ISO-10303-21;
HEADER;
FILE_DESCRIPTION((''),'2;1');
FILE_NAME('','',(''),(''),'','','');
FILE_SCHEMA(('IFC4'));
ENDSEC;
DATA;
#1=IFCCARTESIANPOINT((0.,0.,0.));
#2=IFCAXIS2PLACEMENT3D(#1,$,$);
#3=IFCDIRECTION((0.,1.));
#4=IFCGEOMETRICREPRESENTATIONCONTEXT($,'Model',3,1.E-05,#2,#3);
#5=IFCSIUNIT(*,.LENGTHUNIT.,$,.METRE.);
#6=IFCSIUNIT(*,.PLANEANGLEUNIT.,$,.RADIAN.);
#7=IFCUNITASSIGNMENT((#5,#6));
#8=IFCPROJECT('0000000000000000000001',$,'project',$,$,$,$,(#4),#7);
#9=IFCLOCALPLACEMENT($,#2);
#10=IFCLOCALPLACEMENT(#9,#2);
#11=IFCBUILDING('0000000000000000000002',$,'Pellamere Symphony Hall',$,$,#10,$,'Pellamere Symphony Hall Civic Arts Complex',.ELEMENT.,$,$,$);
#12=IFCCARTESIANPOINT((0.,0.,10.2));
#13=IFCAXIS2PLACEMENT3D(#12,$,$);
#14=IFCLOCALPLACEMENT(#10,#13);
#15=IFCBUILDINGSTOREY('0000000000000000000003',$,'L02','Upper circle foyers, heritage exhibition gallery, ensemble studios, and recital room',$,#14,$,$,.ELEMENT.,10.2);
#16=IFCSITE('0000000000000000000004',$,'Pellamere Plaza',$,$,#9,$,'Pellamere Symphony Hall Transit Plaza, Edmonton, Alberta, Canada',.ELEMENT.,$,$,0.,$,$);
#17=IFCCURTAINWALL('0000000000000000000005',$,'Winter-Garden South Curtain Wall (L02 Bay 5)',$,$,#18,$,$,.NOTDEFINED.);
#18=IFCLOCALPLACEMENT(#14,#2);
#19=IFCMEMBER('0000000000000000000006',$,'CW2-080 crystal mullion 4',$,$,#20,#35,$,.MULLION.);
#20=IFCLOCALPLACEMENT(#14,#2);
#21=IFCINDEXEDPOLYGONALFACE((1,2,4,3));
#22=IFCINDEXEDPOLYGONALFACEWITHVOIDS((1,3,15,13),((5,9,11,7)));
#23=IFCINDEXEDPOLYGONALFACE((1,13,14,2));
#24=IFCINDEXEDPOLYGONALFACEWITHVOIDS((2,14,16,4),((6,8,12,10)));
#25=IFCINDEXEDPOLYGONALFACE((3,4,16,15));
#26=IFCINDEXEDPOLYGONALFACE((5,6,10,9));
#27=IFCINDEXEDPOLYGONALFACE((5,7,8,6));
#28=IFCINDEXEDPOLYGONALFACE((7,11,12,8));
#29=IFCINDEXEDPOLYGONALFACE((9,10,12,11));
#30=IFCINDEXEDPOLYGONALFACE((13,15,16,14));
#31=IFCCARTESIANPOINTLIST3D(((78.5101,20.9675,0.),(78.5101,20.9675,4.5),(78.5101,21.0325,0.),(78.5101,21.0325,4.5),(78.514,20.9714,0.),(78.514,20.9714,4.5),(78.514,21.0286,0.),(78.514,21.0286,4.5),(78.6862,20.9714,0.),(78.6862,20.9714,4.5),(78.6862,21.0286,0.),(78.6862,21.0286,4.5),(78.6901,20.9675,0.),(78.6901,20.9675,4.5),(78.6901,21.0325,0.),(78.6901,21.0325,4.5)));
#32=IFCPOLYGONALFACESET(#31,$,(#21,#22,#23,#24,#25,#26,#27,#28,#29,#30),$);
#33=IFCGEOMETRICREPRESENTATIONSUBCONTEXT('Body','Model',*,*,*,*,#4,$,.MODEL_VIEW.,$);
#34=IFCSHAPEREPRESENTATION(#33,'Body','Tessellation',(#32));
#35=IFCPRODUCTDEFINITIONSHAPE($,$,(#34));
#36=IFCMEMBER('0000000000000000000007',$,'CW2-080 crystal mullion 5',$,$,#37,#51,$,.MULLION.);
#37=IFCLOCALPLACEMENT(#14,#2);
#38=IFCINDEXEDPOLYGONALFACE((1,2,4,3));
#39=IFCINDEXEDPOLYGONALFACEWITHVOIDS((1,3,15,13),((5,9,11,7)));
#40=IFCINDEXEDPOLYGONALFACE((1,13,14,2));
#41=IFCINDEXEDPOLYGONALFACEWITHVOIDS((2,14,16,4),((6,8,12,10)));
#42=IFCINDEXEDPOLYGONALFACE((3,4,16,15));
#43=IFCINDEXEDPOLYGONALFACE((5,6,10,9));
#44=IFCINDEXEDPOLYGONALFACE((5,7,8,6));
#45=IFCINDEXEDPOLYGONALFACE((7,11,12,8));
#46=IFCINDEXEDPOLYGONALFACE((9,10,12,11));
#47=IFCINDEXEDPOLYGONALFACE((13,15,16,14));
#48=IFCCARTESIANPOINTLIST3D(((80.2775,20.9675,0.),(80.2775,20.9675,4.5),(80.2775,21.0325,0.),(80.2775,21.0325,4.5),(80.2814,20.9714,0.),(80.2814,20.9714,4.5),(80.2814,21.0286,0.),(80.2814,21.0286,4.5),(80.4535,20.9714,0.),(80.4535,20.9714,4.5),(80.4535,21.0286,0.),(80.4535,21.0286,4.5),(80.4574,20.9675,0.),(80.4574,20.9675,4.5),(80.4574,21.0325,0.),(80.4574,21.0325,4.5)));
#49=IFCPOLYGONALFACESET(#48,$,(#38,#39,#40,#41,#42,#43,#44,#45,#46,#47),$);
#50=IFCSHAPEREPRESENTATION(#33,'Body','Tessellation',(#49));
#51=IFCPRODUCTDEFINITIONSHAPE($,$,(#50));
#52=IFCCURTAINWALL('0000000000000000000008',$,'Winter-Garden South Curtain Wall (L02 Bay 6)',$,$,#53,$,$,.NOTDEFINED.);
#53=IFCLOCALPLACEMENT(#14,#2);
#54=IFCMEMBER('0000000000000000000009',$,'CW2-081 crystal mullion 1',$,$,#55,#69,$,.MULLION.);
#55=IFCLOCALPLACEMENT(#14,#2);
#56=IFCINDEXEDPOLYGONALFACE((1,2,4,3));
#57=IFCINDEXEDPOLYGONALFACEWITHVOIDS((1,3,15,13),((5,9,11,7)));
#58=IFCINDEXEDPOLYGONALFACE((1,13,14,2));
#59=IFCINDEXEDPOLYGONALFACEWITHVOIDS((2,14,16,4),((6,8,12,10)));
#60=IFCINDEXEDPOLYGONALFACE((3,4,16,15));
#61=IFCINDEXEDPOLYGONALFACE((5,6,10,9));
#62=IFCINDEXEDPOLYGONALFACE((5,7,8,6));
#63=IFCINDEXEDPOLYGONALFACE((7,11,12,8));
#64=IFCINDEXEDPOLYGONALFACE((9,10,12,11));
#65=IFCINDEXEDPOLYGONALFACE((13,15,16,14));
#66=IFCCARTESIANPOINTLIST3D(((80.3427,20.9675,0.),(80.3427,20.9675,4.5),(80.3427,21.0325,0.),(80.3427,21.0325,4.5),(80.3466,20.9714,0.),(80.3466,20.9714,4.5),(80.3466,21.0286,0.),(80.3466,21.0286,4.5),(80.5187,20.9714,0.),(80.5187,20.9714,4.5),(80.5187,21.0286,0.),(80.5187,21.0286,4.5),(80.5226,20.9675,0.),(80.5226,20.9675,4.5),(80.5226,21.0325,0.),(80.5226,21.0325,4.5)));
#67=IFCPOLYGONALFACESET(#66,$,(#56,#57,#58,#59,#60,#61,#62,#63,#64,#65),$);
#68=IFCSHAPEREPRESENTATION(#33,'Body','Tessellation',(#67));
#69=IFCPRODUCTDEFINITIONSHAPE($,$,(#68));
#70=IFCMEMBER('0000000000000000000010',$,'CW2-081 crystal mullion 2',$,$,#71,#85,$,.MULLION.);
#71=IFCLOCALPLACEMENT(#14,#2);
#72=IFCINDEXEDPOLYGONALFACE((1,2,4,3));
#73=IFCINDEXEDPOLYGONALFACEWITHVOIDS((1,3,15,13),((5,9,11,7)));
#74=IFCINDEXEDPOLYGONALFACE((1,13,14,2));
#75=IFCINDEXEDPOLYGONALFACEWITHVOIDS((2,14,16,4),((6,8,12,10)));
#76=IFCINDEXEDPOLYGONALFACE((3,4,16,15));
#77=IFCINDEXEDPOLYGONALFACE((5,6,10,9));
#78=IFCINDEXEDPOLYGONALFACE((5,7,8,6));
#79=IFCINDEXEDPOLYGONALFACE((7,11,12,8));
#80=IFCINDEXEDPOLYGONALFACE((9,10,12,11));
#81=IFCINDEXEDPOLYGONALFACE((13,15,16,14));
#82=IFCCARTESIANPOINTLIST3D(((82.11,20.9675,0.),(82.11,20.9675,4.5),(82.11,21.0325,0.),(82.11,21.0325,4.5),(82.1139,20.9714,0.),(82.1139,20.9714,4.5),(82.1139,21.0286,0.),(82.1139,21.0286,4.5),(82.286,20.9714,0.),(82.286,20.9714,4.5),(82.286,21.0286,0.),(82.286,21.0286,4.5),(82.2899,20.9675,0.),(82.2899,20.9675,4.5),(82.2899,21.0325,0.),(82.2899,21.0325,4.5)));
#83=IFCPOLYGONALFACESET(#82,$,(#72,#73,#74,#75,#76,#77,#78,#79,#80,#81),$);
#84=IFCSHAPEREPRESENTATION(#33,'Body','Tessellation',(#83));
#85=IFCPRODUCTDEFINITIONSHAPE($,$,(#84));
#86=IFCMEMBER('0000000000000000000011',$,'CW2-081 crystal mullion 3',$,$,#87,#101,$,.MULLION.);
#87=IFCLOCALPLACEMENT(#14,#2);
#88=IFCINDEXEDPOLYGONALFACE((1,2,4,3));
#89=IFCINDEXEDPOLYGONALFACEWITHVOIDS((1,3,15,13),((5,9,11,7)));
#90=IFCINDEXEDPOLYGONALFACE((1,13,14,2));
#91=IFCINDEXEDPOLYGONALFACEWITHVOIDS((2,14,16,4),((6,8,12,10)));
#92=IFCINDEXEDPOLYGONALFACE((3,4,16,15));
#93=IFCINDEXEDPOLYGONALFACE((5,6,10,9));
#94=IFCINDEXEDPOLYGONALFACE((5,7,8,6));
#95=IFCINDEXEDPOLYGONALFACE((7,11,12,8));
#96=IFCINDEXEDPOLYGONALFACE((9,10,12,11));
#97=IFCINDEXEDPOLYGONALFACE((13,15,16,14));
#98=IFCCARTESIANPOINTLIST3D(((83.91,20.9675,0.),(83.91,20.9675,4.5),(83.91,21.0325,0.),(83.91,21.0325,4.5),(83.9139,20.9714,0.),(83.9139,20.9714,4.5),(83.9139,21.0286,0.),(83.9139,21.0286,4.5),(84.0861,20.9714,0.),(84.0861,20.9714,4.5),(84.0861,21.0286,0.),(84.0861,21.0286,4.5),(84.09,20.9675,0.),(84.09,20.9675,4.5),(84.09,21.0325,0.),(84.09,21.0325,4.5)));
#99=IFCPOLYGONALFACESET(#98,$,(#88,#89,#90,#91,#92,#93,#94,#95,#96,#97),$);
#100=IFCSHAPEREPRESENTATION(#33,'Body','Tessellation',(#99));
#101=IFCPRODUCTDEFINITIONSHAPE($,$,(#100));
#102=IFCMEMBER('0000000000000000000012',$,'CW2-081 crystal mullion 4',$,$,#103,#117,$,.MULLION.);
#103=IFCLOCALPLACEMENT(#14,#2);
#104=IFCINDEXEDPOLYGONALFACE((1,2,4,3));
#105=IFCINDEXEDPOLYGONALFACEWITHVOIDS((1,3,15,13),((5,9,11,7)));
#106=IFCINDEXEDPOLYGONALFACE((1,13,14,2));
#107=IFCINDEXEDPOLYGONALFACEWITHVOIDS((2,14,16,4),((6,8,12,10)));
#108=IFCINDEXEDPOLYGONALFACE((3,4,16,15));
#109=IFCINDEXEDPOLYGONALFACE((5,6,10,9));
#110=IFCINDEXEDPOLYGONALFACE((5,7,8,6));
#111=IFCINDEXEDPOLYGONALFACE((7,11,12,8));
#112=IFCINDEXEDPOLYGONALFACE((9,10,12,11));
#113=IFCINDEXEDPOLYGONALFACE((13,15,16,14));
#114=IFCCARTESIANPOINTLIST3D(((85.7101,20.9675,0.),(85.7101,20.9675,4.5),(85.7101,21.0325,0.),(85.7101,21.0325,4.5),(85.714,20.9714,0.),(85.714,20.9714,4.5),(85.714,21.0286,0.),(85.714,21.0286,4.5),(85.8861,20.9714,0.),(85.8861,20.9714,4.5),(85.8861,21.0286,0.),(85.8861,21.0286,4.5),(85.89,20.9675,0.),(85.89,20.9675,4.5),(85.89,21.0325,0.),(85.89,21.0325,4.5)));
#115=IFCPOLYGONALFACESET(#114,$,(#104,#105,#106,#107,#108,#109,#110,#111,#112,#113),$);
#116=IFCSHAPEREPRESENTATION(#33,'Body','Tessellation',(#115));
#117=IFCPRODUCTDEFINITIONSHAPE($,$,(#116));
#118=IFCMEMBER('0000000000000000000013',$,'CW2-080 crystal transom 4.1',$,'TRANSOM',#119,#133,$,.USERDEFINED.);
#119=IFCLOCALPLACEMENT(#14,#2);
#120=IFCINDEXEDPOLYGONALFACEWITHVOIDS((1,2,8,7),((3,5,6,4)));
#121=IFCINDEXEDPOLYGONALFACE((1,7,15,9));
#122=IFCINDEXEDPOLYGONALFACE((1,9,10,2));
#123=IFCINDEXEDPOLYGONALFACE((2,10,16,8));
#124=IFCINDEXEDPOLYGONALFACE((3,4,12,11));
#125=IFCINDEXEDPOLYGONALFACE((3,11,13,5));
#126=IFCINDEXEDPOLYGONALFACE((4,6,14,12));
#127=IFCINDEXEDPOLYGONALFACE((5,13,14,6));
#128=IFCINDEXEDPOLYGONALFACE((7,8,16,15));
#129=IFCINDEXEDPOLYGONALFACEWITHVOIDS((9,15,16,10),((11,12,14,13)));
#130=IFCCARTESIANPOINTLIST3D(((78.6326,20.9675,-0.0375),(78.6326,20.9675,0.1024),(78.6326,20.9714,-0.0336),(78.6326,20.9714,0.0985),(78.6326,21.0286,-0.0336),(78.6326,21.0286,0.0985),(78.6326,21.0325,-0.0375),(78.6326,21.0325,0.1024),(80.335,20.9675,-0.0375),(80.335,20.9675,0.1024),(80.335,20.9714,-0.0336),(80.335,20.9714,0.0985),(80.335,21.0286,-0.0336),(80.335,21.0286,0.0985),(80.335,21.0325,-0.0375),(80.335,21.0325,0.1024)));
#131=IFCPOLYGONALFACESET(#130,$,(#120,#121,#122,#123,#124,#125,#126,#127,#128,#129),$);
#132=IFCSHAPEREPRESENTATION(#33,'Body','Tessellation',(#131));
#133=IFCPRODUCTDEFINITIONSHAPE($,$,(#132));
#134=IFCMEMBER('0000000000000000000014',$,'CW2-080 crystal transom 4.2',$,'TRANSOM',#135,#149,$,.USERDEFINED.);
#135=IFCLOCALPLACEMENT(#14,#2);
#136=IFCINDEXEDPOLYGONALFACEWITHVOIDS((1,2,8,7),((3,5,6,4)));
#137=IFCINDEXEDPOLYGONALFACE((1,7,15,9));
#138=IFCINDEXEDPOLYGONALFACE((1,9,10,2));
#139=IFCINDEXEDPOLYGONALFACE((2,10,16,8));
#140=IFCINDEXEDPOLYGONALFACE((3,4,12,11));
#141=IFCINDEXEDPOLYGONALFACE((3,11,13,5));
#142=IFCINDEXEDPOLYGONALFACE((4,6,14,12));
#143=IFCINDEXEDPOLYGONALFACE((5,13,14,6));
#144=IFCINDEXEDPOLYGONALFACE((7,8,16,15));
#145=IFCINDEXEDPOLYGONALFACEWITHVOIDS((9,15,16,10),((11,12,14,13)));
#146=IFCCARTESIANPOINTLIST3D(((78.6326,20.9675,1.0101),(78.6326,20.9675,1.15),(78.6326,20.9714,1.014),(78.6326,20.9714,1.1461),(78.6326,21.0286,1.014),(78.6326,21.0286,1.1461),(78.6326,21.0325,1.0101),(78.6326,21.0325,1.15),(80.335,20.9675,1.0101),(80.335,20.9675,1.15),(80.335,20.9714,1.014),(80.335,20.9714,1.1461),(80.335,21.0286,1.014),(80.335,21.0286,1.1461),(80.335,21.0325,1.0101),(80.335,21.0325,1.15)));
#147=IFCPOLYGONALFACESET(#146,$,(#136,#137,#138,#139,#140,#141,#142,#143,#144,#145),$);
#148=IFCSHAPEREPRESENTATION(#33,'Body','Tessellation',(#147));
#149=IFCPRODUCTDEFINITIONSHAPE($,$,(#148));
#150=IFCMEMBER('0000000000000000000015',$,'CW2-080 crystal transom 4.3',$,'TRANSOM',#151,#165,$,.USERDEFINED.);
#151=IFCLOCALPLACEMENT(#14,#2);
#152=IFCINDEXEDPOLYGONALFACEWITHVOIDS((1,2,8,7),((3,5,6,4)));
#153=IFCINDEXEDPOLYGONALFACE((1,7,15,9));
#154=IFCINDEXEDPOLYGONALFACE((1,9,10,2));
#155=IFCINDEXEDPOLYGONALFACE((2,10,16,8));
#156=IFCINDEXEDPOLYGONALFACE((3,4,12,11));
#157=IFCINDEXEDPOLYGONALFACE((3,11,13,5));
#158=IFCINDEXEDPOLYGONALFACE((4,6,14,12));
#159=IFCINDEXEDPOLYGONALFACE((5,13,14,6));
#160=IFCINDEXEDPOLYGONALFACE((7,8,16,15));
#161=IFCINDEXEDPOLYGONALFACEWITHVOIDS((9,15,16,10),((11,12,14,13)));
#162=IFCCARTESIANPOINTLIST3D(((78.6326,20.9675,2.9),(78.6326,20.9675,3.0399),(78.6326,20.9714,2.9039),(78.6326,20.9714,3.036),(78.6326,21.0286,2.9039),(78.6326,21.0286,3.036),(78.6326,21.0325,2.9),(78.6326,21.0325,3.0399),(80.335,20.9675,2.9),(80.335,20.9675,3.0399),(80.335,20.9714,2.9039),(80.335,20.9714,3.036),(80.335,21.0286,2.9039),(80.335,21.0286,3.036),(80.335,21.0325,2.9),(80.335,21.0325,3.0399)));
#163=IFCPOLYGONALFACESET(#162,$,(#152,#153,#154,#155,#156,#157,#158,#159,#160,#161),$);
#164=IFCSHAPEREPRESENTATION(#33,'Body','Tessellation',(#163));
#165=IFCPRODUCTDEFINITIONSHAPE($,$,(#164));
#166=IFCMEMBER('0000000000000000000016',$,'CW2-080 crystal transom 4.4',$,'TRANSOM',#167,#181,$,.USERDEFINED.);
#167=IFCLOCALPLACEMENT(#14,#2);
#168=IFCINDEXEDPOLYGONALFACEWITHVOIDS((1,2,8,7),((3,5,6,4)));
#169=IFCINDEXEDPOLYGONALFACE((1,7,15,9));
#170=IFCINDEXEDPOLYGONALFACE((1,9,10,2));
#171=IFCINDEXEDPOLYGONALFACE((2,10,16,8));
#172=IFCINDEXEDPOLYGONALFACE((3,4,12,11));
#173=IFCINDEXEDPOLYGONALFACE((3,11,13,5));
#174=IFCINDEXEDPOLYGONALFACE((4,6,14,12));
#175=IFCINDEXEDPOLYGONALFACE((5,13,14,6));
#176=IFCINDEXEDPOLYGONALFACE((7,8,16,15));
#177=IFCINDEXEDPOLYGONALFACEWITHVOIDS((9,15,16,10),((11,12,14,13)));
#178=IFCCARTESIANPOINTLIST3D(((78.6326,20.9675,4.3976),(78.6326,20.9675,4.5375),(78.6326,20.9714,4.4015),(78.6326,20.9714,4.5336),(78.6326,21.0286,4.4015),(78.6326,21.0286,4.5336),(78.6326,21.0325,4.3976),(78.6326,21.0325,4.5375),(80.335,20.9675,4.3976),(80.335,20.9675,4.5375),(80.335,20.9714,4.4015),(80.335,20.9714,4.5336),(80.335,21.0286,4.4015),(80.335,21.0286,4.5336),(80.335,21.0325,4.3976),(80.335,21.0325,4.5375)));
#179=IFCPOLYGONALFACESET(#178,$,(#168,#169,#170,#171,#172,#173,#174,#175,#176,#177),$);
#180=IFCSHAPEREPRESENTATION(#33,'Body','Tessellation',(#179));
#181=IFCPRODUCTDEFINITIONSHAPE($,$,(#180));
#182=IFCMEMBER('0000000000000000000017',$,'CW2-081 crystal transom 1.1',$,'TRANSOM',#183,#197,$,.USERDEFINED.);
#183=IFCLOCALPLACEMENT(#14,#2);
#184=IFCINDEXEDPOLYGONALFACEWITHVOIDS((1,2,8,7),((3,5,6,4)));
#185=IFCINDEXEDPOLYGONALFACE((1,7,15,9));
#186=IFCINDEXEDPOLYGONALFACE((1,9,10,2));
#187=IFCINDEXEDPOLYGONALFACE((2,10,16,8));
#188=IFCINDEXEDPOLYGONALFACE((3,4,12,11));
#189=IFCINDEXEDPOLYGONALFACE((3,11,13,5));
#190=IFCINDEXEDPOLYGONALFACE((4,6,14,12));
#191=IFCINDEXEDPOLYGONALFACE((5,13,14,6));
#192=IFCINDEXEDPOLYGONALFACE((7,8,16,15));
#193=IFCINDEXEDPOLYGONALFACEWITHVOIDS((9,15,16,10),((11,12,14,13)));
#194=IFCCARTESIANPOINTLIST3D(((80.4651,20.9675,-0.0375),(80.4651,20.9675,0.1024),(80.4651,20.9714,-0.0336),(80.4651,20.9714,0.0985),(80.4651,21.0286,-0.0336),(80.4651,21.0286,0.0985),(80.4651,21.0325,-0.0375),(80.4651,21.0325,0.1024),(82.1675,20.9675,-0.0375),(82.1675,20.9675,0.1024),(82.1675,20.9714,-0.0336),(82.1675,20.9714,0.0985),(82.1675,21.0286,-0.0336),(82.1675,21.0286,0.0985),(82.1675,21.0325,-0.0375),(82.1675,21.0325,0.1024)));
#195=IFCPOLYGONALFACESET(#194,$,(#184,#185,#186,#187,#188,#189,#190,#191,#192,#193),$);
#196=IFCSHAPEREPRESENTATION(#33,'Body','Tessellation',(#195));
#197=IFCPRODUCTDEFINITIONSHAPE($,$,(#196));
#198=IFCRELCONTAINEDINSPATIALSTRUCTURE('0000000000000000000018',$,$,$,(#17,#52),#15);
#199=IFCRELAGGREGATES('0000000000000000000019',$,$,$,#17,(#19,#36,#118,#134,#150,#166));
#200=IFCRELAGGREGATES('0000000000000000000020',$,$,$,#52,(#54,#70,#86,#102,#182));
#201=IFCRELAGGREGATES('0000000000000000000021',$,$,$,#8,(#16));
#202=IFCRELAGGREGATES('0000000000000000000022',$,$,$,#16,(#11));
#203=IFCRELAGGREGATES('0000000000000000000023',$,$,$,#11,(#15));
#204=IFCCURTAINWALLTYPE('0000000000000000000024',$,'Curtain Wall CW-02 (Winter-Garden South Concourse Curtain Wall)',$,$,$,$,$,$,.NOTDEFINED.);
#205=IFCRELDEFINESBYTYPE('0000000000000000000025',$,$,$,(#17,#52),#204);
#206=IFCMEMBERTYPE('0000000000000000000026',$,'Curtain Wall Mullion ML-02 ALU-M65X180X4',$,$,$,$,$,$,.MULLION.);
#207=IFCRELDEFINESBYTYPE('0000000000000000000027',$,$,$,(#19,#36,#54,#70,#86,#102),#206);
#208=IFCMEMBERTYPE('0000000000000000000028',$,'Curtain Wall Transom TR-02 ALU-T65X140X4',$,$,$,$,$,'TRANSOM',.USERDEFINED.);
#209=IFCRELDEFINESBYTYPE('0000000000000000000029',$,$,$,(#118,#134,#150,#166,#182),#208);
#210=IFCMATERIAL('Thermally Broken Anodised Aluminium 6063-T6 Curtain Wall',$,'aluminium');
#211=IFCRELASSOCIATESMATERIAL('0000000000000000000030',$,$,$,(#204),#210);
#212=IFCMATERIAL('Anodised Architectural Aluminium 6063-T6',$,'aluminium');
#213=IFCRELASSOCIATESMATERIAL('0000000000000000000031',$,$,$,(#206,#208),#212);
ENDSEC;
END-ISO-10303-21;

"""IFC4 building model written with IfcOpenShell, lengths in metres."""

from ifc_helpers import new_model, si_unit, direction, frame, origin, origin_2d, place, context, subcontext, project, spatial, hollow_rectangle, extrude, material, material_profile, profile_set, type_object, element, aggregate, save


model = new_model("IFC4")

# Units and contexts
model_context = context("Model", 3, precision=1e-05, world=origin(), true_north=direction((0.0, 1.0)))
body_context = subcontext(model_context, "Body", "Model", "MODEL_VIEW")
ifc_project = project(units=[si_unit("LENGTHUNIT", "METRE"), si_unit("PLANEANGLEUNIT", "RADIAN")], contexts=[model_context])

# Site, building, storey
site_placement = place(None, origin())
site = spatial("IfcSite", under=ifc_project, at=site_placement, Name="Pellamere Plaza", LongName="Pellamere Symphony Hall Transit Plaza, Edmonton, Alberta, Canada", CompositionType="ELEMENT", RefElevation=0.0)
building_placement = place(site_placement, origin())
building = spatial("IfcBuilding", under=site, at=building_placement, Name="Pellamere Symphony Hall", LongName="Pellamere Symphony Hall Civic Arts Complex", CompositionType="ELEMENT")
storey_placement = place(building_placement, frame((0.0, 0.0, 10.2)))
storey = spatial("IfcBuildingStorey", under=building, at=storey_placement, Name="L02", Description="Upper circle foyers, heritage exhibition gallery, ensemble studios, and recital room", CompositionType="ELEMENT", Elevation=10.2)

# Curtain walls, members
ifc_material_1 = material(Name="Thermally Broken Anodised Aluminium 6063-T6 Curtain Wall", Category="aluminium")
curtain_wall_type = type_object("IfcCurtainWallType", Name="Curtain Wall CW-02 (Winter-Garden South Concourse Curtain Wall)", PredefinedType="NOTDEFINED", material=ifc_material_1)
curtain_wall_1_placement = place(storey_placement, origin())
curtain_wall_1 = element("IfcCurtainWall", 1, at=curtain_wall_1_placement, inside=storey, type_object=curtain_wall_type, Name="Winter-Garden South Curtain Wall (L02 Bay 5)", PredefinedType="NOTDEFINED")
ifc_material_2 = material(Name="Anodised Architectural Aluminium 6063-T6", Category="aluminium")
ifc_material_profile_1 = material_profile(ifc_material_2, hollow_rectangle(XDim=0.0649, YDim=0.1799, WallThickness=0.0039, at=origin_2d()), Name="ALU-M65X180X4")
ifc_profile_set_1 = profile_set([ifc_material_profile_1], Name="Anodised Architectural Aluminium 6063-T6")
member_type_1 = type_object("IfcMemberType", Name="Curtain Wall Mullion ML-02 ALU-M65X180X4", PredefinedType="MULLION", material=ifc_profile_set_1)
member_1_placement = place(storey_placement, frame((78.6001, 21.0, 0.0), z_axis=(0.0, 0.0, 1.0), x_axis=(0.0, 1.0, 0.0)))
member_1 = element("IfcMember", 2, at=member_1_placement, type_object=member_type_1, Name="CW2-080 crystal mullion 4", PredefinedType="MULLION", context=body_context, shape_type="SweptSolid", body=[
    extrude(hollow_rectangle(XDim=0.0649, YDim=0.1799, WallThickness=0.0039, at=origin_2d()), origin(), (0.0, 0.0, 1.0), 4.5),
])
member_2_placement = place(storey_placement, frame((80.3674, 21.0, 0.0), z_axis=(0.0, 0.0, 1.0), x_axis=(0.0, 1.0, 0.0)))
member_2 = element("IfcMember", 3, at=member_2_placement, type_object=member_type_1, Name="CW2-080 crystal mullion 5", PredefinedType="MULLION", context=body_context, shape_type="SweptSolid", body=[
    extrude(hollow_rectangle(XDim=0.0649, YDim=0.1799, WallThickness=0.0039, at=origin_2d()), origin(), (0.0, 0.0, 1.0), 4.5),
])
curtain_wall_2_placement = place(storey_placement, origin())
curtain_wall_2 = element("IfcCurtainWall", 4, at=curtain_wall_2_placement, inside=storey, type_object=curtain_wall_type, Name="Winter-Garden South Curtain Wall (L02 Bay 6)", PredefinedType="NOTDEFINED")
member_3_placement = place(storey_placement, frame((80.4326, 21.0, 0.0), z_axis=(0.0, 0.0, 1.0), x_axis=(0.0, 1.0, 0.0)))
member_3 = element("IfcMember", 5, at=member_3_placement, type_object=member_type_1, Name="CW2-081 crystal mullion 1", PredefinedType="MULLION", context=body_context, shape_type="SweptSolid", body=[
    extrude(hollow_rectangle(XDim=0.0649, YDim=0.1799, WallThickness=0.0039, at=origin_2d()), origin(), (0.0, 0.0, 1.0), 4.5),
])
member_4_placement = place(storey_placement, frame((82.2, 21.0, 0.0), z_axis=(0.0, 0.0, 1.0), x_axis=(0.0, 1.0, 0.0)))
member_4 = element("IfcMember", 6, at=member_4_placement, type_object=member_type_1, Name="CW2-081 crystal mullion 2", PredefinedType="MULLION", context=body_context, shape_type="SweptSolid", body=[
    extrude(hollow_rectangle(XDim=0.0649, YDim=0.1799, WallThickness=0.0039, at=origin_2d()), origin(), (0.0, 0.0, 1.0), 4.5),
])
member_5_placement = place(storey_placement, frame((84.0, 21.0, 0.0), z_axis=(0.0, 0.0, 1.0), x_axis=(0.0, 1.0, 0.0)))
member_5 = element("IfcMember", 7, at=member_5_placement, type_object=member_type_1, Name="CW2-081 crystal mullion 3", PredefinedType="MULLION", context=body_context, shape_type="SweptSolid", body=[
    extrude(hollow_rectangle(XDim=0.0649, YDim=0.1799, WallThickness=0.0039, at=origin_2d()), origin(), (0.0, 0.0, 1.0), 4.5),
])
member_6_placement = place(storey_placement, frame((85.8, 21.0, 0.0), z_axis=(0.0, 0.0, 1.0), x_axis=(0.0, 1.0, 0.0)))
member_6 = element("IfcMember", 8, at=member_6_placement, type_object=member_type_1, Name="CW2-081 crystal mullion 4", PredefinedType="MULLION", context=body_context, shape_type="SweptSolid", body=[
    extrude(hollow_rectangle(XDim=0.0649, YDim=0.1799, WallThickness=0.0039, at=origin_2d()), origin(), (0.0, 0.0, 1.0), 4.5),
])

# Members
ifc_material_profile_2 = material_profile(ifc_material_2, hollow_rectangle(XDim=0.0649, YDim=0.1399, WallThickness=0.0039, at=origin_2d()), Name="ALU-T65X140X4")
ifc_profile_set_2 = profile_set([ifc_material_profile_2], Name="Anodised Architectural Aluminium 6063-T6")
member_type_2 = type_object("IfcMemberType", Name="Curtain Wall Transom TR-02 ALU-T65X140X4", ElementType="TRANSOM", PredefinedType="USERDEFINED", material=ifc_profile_set_2)
member_7_placement = place(storey_placement, frame((78.6326, 21.0, 0.0325), z_axis=(1.0, 0.0, 0.0), x_axis=(0.0, 1.0, 0.0)))
member_7 = element("IfcMember", 9, at=member_7_placement, type_object=member_type_2, Name="CW2-080 crystal transom 4.1", ObjectType="TRANSOM", PredefinedType="USERDEFINED", context=body_context, shape_type="SweptSolid", body=[
    extrude(hollow_rectangle(XDim=0.0649, YDim=0.1399, WallThickness=0.0039, at=origin_2d()), origin(), (0.0, 0.0, 1.0), 1.7024),
])
member_8_placement = place(storey_placement, frame((78.6326, 21.0, 1.0801), z_axis=(1.0, 0.0, 0.0), x_axis=(0.0, 1.0, 0.0)))
member_8 = element("IfcMember", 10, at=member_8_placement, type_object=member_type_2, Name="CW2-080 crystal transom 4.2", ObjectType="TRANSOM", PredefinedType="USERDEFINED", context=body_context, shape_type="SweptSolid", body=[
    extrude(hollow_rectangle(XDim=0.0649, YDim=0.1399, WallThickness=0.0039, at=origin_2d()), origin(), (0.0, 0.0, 1.0), 1.7024),
])
member_9_placement = place(storey_placement, frame((78.6326, 21.0, 2.97), z_axis=(1.0, 0.0, 0.0), x_axis=(0.0, 1.0, 0.0)))
member_9 = element("IfcMember", 11, at=member_9_placement, type_object=member_type_2, Name="CW2-080 crystal transom 4.3", ObjectType="TRANSOM", PredefinedType="USERDEFINED", context=body_context, shape_type="SweptSolid", body=[
    extrude(hollow_rectangle(XDim=0.0649, YDim=0.1399, WallThickness=0.0039, at=origin_2d()), origin(), (0.0, 0.0, 1.0), 1.7024),
])
member_10_placement = place(storey_placement, frame((78.6326, 21.0, 4.4675), z_axis=(1.0, 0.0, 0.0), x_axis=(0.0, 1.0, 0.0)))
member_10 = element("IfcMember", 12, at=member_10_placement, type_object=member_type_2, Name="CW2-080 crystal transom 4.4", ObjectType="TRANSOM", PredefinedType="USERDEFINED", context=body_context, shape_type="SweptSolid", body=[
    extrude(hollow_rectangle(XDim=0.0649, YDim=0.1399, WallThickness=0.0039, at=origin_2d()), origin(), (0.0, 0.0, 1.0), 1.7024),
])
member_11_placement = place(storey_placement, frame((80.4651, 21.0, 0.0325), z_axis=(1.0, 0.0, 0.0), x_axis=(0.0, 1.0, 0.0)))
member_11 = element("IfcMember", 13, at=member_11_placement, type_object=member_type_2, Name="CW2-081 crystal transom 1.1", ObjectType="TRANSOM", PredefinedType="USERDEFINED", context=body_context, shape_type="SweptSolid", body=[
    extrude(hollow_rectangle(XDim=0.0649, YDim=0.1399, WallThickness=0.0039, at=origin_2d()), origin(), (0.0, 0.0, 1.0), 1.7024),
])

aggregate(curtain_wall_1, [member_1, member_2, member_7, member_8, member_9, member_10])
aggregate(curtain_wall_2, [member_3, member_4, member_5, member_6, member_11])

save(model, "model.ifc")
